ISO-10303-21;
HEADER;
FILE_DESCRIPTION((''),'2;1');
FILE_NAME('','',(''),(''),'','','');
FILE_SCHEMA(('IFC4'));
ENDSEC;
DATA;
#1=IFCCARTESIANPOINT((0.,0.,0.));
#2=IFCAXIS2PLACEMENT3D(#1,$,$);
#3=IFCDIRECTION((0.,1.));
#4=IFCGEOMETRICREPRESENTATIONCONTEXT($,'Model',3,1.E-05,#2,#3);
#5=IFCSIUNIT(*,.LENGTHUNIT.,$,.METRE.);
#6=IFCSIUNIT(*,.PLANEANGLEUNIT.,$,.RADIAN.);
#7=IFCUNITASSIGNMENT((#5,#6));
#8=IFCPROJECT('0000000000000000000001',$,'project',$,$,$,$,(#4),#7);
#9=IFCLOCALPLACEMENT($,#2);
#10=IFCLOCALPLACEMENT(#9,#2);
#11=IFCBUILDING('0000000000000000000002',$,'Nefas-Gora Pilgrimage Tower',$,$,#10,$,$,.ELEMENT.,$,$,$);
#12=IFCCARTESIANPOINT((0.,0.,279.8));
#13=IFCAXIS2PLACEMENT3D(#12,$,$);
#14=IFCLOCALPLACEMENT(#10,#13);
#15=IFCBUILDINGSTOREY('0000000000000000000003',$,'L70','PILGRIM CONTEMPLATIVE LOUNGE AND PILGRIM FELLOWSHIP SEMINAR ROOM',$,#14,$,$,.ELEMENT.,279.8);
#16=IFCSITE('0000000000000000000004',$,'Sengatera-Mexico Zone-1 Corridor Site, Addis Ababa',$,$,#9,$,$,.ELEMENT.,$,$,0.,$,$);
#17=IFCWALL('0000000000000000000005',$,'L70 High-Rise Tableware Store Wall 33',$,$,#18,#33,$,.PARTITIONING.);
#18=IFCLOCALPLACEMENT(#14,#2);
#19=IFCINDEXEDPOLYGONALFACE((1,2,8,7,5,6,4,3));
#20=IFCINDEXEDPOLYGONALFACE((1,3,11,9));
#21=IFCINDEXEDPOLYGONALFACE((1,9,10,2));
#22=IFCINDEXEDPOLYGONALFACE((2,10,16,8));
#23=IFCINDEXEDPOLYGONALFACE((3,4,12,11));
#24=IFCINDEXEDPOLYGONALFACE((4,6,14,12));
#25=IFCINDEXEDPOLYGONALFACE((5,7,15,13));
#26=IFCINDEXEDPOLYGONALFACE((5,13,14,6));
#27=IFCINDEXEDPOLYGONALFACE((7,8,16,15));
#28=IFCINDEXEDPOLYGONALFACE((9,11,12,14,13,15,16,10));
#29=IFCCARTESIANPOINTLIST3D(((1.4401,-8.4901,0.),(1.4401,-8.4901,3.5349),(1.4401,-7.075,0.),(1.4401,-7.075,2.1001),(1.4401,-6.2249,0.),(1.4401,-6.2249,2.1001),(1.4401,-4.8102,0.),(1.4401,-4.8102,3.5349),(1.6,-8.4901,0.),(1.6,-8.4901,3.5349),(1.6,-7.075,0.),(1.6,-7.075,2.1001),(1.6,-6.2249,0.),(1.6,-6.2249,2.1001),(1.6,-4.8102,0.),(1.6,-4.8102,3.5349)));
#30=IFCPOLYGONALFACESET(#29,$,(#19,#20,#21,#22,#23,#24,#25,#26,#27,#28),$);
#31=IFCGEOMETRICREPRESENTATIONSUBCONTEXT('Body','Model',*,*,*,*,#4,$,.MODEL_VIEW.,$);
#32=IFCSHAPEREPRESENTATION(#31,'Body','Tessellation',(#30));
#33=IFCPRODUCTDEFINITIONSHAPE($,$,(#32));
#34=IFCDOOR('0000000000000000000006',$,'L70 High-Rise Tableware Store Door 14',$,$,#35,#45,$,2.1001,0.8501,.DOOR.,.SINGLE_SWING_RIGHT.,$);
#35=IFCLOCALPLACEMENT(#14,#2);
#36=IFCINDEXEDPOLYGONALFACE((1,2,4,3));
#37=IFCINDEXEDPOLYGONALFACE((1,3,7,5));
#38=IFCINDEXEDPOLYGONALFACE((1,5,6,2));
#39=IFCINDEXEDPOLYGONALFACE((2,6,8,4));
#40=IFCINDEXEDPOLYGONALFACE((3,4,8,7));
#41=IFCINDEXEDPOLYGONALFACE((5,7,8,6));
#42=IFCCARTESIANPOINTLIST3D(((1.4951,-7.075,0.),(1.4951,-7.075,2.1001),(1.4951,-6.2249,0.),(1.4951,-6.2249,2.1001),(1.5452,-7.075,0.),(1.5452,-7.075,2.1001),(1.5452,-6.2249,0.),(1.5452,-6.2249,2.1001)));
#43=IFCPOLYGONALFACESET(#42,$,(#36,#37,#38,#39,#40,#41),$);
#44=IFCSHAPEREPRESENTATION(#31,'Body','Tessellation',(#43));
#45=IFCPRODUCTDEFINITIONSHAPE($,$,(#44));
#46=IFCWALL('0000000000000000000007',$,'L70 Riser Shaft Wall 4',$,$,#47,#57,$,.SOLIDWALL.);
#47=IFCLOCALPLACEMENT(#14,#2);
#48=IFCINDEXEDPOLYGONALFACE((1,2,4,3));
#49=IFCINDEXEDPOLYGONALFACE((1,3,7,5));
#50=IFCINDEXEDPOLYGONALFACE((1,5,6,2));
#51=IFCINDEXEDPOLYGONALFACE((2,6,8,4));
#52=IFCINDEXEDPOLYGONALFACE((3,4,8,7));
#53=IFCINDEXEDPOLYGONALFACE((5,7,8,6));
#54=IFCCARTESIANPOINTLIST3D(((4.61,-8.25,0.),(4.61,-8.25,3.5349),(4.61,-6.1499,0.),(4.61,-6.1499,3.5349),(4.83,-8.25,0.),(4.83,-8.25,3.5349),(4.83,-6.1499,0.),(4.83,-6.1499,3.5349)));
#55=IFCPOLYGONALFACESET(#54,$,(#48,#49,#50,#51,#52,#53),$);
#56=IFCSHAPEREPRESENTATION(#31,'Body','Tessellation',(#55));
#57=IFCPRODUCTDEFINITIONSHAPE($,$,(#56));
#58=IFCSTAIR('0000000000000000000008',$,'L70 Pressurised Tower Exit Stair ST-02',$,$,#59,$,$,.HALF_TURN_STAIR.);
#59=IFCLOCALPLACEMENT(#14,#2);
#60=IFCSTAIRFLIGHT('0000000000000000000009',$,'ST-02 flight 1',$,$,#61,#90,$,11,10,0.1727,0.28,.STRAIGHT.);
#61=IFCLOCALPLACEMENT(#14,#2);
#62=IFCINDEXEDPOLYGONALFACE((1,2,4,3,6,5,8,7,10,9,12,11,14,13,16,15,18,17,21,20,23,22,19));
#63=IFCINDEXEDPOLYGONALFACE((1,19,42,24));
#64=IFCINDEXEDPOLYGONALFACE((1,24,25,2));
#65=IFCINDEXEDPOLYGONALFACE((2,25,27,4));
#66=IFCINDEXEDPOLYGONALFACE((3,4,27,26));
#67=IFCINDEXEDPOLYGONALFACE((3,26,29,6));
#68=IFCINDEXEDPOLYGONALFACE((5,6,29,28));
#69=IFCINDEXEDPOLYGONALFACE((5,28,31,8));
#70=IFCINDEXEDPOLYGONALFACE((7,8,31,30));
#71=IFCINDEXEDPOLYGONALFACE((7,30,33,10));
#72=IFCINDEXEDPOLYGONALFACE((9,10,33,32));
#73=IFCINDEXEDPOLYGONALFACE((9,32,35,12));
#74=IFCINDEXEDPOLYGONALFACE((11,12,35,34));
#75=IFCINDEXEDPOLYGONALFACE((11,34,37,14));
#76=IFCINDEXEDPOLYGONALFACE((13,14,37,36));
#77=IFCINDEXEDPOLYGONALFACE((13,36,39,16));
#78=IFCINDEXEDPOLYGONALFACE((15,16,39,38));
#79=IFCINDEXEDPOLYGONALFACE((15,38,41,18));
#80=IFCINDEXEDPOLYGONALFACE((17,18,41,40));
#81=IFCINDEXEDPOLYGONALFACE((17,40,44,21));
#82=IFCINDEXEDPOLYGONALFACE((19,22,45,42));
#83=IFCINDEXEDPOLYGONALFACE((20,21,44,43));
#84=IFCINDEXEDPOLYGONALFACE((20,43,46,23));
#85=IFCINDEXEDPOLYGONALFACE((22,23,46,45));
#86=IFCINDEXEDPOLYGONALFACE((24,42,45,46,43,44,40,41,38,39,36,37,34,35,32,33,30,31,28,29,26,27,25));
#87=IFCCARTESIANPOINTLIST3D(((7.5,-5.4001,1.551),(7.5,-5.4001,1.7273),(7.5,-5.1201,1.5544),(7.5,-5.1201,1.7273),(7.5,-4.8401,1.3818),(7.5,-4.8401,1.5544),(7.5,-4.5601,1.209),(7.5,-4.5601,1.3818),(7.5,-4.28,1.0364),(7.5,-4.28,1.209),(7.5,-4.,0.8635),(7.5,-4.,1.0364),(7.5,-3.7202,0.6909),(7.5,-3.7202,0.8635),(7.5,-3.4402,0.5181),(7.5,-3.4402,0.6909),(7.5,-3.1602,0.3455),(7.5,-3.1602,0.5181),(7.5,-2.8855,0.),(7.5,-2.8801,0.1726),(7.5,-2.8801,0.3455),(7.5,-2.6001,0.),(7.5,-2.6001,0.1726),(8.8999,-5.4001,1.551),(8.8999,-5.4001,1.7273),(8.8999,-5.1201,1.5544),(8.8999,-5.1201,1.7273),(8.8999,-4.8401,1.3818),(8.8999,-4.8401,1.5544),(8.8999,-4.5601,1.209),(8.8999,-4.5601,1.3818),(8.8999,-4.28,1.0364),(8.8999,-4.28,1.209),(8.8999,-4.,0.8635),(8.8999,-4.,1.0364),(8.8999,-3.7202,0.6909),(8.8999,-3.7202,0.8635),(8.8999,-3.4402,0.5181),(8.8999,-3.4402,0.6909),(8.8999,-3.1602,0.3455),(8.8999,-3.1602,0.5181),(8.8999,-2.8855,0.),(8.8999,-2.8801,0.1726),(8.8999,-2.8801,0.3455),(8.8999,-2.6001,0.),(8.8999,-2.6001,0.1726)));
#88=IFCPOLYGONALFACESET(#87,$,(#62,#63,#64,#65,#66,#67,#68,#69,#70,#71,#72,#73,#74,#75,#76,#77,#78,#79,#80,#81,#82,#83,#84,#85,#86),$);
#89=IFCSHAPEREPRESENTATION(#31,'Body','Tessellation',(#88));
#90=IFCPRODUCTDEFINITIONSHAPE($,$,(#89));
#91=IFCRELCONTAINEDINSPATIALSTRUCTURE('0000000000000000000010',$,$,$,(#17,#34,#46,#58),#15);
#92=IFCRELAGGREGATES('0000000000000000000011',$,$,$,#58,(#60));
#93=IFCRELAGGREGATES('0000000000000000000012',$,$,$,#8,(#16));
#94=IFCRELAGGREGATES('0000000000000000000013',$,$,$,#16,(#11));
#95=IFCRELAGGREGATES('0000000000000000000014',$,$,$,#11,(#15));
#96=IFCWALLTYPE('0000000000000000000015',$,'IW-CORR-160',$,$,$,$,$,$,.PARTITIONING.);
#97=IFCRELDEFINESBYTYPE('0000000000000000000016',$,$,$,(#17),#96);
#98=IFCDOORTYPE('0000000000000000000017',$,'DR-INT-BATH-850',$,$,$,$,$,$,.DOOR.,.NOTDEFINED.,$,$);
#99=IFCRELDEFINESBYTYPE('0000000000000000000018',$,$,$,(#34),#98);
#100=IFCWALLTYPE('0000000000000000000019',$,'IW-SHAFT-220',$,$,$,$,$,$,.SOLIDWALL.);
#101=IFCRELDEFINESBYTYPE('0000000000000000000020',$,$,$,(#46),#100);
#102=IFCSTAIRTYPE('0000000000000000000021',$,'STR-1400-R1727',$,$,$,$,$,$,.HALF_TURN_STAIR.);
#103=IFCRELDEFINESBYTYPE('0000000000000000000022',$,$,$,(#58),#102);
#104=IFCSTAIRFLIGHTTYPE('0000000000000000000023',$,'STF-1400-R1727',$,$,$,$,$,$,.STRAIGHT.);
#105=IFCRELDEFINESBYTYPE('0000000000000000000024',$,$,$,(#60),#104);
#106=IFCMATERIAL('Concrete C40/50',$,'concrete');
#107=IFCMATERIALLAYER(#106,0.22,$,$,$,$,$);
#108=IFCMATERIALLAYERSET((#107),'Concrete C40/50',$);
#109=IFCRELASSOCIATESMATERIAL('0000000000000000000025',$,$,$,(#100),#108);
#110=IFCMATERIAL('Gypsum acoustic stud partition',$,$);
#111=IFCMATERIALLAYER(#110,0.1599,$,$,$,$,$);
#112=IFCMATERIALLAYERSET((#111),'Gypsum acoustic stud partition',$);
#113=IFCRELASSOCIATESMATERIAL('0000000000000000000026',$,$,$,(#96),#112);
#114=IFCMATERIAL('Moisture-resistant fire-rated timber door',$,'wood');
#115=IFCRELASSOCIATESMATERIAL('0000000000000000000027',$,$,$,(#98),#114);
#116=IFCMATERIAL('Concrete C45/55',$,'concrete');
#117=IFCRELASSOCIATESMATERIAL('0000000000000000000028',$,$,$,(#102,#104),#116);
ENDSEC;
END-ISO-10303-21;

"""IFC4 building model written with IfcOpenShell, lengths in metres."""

from ifc_helpers import new_model, si_unit, direction, frame, frame_2d, origin, place, context, subcontext, project, spatial, polyline, rectangle, outline, extrude, source, transform, mapped, material, layer, layer_set, type_object, element, fill, aggregate, save


model = new_model("IFC4")

# Units and contexts
model_context = context("Model", 3, precision=1e-05, world=origin(), true_north=direction((0.0, 1.0)))
body_context = subcontext(model_context, "Body", "Model", "MODEL_VIEW")
ifc_project = project(units=[si_unit("LENGTHUNIT", "METRE"), si_unit("PLANEANGLEUNIT", "RADIAN")], contexts=[model_context])

# Site, building, storey
site_placement = place(None, origin())
site = spatial("IfcSite", under=ifc_project, at=site_placement, Name="Sengatera-Mexico Zone-1 Corridor Site, Addis Ababa", CompositionType="ELEMENT", RefElevation=0.0)
building_placement = place(site_placement, origin())
building = spatial("IfcBuilding", under=site, at=building_placement, Name="Nefas-Gora Pilgrimage Tower", CompositionType="ELEMENT")
storey_placement = place(building_placement, frame((0.0, 0.0, 279.8)))
storey = spatial("IfcBuildingStorey", under=building, at=storey_placement, Name="L70", Description="PILGRIM CONTEMPLATIVE LOUNGE AND PILGRIM FELLOWSHIP SEMINAR ROOM", CompositionType="ELEMENT", Elevation=279.8)

# Shared definitions
ifc_material_1 = material(Name="Concrete C40/50", Category="concrete")

# Shared definitions
ifc_material_2 = material(Name="Concrete C45/55", Category="concrete")

# Shared definitions
ifc_layer_1 = layer(ifc_material_1, 0.22)
ifc_layer_set_1 = layer_set([ifc_layer_1], Name="Concrete C40/50")
wall_type_1 = type_object("IfcWallType", Name="IW-SHAFT-220", PredefinedType="SOLIDWALL", material=ifc_layer_set_1)

# Wall, opening, door
ifc_material_3 = material(Name="Gypsum acoustic stud partition")
ifc_layer_2 = layer(ifc_material_3, 0.1599)
ifc_layer_set_2 = layer_set([ifc_layer_2], Name="Gypsum acoustic stud partition")
wall_type_2 = type_object("IfcWallType", Name="IW-CORR-160", PredefinedType="PARTITIONING", material=ifc_layer_set_2)
ifc_material_4 = material(Name="Moisture-resistant fire-rated timber door", Category="wood")
door_type_1 = type_object("IfcDoorType", Name="DR-INT-BATH-850", OperationType="NOTDEFINED", PredefinedType="DOOR", material=ifc_material_4)
shared_shape_1 = source(origin(), body_context, "Body", "SweptSolid", [
    extrude(rectangle(XDim=0.8501, YDim=2.1001, at=frame_2d((0.425, 1.05))), frame((0.0, 0.0249, 0.0), z_axis=(0.0, -1.0, 0.0), x_axis=(1.0, 0.0, 0.0)), (0.0, 0.0, 1.0), 0.05),
])
shared_shape_2 = source(origin(), body_context, "Body", "SweptSolid", [
    extrude(rectangle(XDim=3.6799, YDim=0.1599, at=frame_2d((1.8398, 0.0))), origin(), (0.0, 0.0, 1.0), 3.5349),
])
wall_1_placement = place(storey_placement, frame((1.52, -8.49, 0.0), z_axis=(0.0, 0.0, 1.0), x_axis=(0.0, 1.0, 0.0)))
wall_1 = element("IfcWall", 1, at=wall_1_placement, inside=storey, type_object=wall_type_2, Name="L70 High-Rise Tableware Store Wall 33", PredefinedType="PARTITIONING", context=body_context, shape_type="MappedRepresentation", body=[
    mapped(shared_shape_2, transform((0.0, 0.0, 0.0), x_axis=(1.0, 0.0, 0.0), y_axis=(0.0, 1.0, 0.0), z_axis=(0.0, 0.0, 1.0), scale=1.0)),
])
opening_1_placement = place(wall_1_placement, frame((1.415, 0.0, 0.0)))
opening_1 = element("IfcOpeningElement", 2, at=opening_1_placement, cuts=wall_1, PredefinedType="OPENING", context=body_context, shape_type="SweptSolid", body=[
    extrude(rectangle(XDim=0.8501, YDim=2.1001, at=frame_2d((0.425, 1.05))), frame((0.0, 0.0898, 0.0), z_axis=(0.0, -1.0, 0.0), x_axis=(1.0, 0.0, 0.0)), (0.0, 0.0, 1.0), 0.1799),
])
door_1_placement = place(opening_1_placement, origin())
door_1 = element("IfcDoor", 3, at=door_1_placement, inside=storey, type_object=door_type_1, Name="L70 High-Rise Tableware Store Door 14", OperationType="SINGLE_SWING_RIGHT", OverallHeight=2.1001, OverallWidth=0.8501, PredefinedType="DOOR", context=body_context, shape_type="MappedRepresentation", body=[
    mapped(shared_shape_1, transform((0.0, 0.0, 0.0), x_axis=(1.0, 0.0, 0.0), y_axis=(0.0, 1.0, 0.0), z_axis=(0.0, 0.0, 1.0), scale=1.0)),
])
fill(opening_1, door_1)

# Wall
shared_shape_3 = source(origin(), body_context, "Body", "SweptSolid", [
    extrude(rectangle(XDim=2.1001, YDim=0.22, at=frame_2d((1.05, 0.0))), origin(), (0.0, 0.0, 1.0), 3.5349),
])
wall_2_placement = place(storey_placement, frame((4.72, -8.25, 0.0), z_axis=(0.0, 0.0, 1.0), x_axis=(0.0, 1.0, 0.0)))
element("IfcWall", 4, at=wall_2_placement, inside=storey, type_object=wall_type_1, Name="L70 Riser Shaft Wall 4", PredefinedType="SOLIDWALL", context=body_context, shape_type="MappedRepresentation", body=[
    mapped(shared_shape_3, transform((0.0, 0.0, 0.0), x_axis=(1.0, 0.0, 0.0), y_axis=(0.0, 1.0, 0.0), z_axis=(0.0, 0.0, 1.0), scale=1.0)),
])

# Stair, stair flight
stair_type = type_object("IfcStairType", Name="STR-1400-R1727", PredefinedType="HALF_TURN_STAIR", material=ifc_material_2)
stair_placement = place(storey_placement, origin())
stair = element("IfcStair", 5, at=stair_placement, inside=storey, type_object=stair_type, Name="L70 Pressurised Tower Exit Stair ST-02", PredefinedType="HALF_TURN_STAIR")
stair_flight_type = type_object("IfcStairFlightType", Name="STF-1400-R1727", PredefinedType="STRAIGHT", material=ifc_material_2)
shared_shape_4 = source(origin(), body_context, "Body", "SweptSolid", [
    extrude(outline(polyline([(0.0, 0.0), (0.0, 0.1726), (0.28, 0.1726), (0.28, 0.3455), (0.5601, 0.3455), (0.5601, 0.5181), (0.8401, 0.5181), (0.8401, 0.6909), (1.1201, 0.6909), (1.1201, 0.8635), (1.3999, 0.8635), (1.3999, 1.0364), (1.6799, 1.0364), (1.6799, 1.209), (1.96, 1.209), (1.96, 1.3818), (2.24, 1.3818), (2.24, 1.5544), (2.52, 1.5544), (2.52, 1.7273), (2.8, 1.7273), (2.8, 1.8999), (2.8, 1.551), (0.2854, 0.0), (0.0, 0.0)])), frame((0.0, 0.7, 0.0), z_axis=(0.0, -1.0, 0.0), x_axis=(1.0, 0.0, 0.0)), (0.0, 0.0, 1.0), 1.3999),
])
stair_flight_placement = place(storey_placement, frame((8.2, -2.6001, 0.0), z_axis=(0.0, 0.0, 1.0), x_axis=(0.0, -1.0, 0.0)))
stair_flight = element("IfcStairFlight", 6, at=stair_flight_placement, type_object=stair_flight_type, Name="ST-02 flight 1", NumberOfRisers=11, NumberOfTreads=10, PredefinedType="STRAIGHT", RiserHeight=0.1727, TreadLength=0.28, context=body_context, shape_type="MappedRepresentation", body=[
    mapped(shared_shape_4, transform((0.0, 0.0, 0.0), x_axis=(1.0, 0.0, 0.0), y_axis=(0.0, 1.0, 0.0), z_axis=(0.0, 0.0, 1.0), scale=1.0)),
])
aggregate(stair, [stair_flight])

save(model, "model.ifc")
